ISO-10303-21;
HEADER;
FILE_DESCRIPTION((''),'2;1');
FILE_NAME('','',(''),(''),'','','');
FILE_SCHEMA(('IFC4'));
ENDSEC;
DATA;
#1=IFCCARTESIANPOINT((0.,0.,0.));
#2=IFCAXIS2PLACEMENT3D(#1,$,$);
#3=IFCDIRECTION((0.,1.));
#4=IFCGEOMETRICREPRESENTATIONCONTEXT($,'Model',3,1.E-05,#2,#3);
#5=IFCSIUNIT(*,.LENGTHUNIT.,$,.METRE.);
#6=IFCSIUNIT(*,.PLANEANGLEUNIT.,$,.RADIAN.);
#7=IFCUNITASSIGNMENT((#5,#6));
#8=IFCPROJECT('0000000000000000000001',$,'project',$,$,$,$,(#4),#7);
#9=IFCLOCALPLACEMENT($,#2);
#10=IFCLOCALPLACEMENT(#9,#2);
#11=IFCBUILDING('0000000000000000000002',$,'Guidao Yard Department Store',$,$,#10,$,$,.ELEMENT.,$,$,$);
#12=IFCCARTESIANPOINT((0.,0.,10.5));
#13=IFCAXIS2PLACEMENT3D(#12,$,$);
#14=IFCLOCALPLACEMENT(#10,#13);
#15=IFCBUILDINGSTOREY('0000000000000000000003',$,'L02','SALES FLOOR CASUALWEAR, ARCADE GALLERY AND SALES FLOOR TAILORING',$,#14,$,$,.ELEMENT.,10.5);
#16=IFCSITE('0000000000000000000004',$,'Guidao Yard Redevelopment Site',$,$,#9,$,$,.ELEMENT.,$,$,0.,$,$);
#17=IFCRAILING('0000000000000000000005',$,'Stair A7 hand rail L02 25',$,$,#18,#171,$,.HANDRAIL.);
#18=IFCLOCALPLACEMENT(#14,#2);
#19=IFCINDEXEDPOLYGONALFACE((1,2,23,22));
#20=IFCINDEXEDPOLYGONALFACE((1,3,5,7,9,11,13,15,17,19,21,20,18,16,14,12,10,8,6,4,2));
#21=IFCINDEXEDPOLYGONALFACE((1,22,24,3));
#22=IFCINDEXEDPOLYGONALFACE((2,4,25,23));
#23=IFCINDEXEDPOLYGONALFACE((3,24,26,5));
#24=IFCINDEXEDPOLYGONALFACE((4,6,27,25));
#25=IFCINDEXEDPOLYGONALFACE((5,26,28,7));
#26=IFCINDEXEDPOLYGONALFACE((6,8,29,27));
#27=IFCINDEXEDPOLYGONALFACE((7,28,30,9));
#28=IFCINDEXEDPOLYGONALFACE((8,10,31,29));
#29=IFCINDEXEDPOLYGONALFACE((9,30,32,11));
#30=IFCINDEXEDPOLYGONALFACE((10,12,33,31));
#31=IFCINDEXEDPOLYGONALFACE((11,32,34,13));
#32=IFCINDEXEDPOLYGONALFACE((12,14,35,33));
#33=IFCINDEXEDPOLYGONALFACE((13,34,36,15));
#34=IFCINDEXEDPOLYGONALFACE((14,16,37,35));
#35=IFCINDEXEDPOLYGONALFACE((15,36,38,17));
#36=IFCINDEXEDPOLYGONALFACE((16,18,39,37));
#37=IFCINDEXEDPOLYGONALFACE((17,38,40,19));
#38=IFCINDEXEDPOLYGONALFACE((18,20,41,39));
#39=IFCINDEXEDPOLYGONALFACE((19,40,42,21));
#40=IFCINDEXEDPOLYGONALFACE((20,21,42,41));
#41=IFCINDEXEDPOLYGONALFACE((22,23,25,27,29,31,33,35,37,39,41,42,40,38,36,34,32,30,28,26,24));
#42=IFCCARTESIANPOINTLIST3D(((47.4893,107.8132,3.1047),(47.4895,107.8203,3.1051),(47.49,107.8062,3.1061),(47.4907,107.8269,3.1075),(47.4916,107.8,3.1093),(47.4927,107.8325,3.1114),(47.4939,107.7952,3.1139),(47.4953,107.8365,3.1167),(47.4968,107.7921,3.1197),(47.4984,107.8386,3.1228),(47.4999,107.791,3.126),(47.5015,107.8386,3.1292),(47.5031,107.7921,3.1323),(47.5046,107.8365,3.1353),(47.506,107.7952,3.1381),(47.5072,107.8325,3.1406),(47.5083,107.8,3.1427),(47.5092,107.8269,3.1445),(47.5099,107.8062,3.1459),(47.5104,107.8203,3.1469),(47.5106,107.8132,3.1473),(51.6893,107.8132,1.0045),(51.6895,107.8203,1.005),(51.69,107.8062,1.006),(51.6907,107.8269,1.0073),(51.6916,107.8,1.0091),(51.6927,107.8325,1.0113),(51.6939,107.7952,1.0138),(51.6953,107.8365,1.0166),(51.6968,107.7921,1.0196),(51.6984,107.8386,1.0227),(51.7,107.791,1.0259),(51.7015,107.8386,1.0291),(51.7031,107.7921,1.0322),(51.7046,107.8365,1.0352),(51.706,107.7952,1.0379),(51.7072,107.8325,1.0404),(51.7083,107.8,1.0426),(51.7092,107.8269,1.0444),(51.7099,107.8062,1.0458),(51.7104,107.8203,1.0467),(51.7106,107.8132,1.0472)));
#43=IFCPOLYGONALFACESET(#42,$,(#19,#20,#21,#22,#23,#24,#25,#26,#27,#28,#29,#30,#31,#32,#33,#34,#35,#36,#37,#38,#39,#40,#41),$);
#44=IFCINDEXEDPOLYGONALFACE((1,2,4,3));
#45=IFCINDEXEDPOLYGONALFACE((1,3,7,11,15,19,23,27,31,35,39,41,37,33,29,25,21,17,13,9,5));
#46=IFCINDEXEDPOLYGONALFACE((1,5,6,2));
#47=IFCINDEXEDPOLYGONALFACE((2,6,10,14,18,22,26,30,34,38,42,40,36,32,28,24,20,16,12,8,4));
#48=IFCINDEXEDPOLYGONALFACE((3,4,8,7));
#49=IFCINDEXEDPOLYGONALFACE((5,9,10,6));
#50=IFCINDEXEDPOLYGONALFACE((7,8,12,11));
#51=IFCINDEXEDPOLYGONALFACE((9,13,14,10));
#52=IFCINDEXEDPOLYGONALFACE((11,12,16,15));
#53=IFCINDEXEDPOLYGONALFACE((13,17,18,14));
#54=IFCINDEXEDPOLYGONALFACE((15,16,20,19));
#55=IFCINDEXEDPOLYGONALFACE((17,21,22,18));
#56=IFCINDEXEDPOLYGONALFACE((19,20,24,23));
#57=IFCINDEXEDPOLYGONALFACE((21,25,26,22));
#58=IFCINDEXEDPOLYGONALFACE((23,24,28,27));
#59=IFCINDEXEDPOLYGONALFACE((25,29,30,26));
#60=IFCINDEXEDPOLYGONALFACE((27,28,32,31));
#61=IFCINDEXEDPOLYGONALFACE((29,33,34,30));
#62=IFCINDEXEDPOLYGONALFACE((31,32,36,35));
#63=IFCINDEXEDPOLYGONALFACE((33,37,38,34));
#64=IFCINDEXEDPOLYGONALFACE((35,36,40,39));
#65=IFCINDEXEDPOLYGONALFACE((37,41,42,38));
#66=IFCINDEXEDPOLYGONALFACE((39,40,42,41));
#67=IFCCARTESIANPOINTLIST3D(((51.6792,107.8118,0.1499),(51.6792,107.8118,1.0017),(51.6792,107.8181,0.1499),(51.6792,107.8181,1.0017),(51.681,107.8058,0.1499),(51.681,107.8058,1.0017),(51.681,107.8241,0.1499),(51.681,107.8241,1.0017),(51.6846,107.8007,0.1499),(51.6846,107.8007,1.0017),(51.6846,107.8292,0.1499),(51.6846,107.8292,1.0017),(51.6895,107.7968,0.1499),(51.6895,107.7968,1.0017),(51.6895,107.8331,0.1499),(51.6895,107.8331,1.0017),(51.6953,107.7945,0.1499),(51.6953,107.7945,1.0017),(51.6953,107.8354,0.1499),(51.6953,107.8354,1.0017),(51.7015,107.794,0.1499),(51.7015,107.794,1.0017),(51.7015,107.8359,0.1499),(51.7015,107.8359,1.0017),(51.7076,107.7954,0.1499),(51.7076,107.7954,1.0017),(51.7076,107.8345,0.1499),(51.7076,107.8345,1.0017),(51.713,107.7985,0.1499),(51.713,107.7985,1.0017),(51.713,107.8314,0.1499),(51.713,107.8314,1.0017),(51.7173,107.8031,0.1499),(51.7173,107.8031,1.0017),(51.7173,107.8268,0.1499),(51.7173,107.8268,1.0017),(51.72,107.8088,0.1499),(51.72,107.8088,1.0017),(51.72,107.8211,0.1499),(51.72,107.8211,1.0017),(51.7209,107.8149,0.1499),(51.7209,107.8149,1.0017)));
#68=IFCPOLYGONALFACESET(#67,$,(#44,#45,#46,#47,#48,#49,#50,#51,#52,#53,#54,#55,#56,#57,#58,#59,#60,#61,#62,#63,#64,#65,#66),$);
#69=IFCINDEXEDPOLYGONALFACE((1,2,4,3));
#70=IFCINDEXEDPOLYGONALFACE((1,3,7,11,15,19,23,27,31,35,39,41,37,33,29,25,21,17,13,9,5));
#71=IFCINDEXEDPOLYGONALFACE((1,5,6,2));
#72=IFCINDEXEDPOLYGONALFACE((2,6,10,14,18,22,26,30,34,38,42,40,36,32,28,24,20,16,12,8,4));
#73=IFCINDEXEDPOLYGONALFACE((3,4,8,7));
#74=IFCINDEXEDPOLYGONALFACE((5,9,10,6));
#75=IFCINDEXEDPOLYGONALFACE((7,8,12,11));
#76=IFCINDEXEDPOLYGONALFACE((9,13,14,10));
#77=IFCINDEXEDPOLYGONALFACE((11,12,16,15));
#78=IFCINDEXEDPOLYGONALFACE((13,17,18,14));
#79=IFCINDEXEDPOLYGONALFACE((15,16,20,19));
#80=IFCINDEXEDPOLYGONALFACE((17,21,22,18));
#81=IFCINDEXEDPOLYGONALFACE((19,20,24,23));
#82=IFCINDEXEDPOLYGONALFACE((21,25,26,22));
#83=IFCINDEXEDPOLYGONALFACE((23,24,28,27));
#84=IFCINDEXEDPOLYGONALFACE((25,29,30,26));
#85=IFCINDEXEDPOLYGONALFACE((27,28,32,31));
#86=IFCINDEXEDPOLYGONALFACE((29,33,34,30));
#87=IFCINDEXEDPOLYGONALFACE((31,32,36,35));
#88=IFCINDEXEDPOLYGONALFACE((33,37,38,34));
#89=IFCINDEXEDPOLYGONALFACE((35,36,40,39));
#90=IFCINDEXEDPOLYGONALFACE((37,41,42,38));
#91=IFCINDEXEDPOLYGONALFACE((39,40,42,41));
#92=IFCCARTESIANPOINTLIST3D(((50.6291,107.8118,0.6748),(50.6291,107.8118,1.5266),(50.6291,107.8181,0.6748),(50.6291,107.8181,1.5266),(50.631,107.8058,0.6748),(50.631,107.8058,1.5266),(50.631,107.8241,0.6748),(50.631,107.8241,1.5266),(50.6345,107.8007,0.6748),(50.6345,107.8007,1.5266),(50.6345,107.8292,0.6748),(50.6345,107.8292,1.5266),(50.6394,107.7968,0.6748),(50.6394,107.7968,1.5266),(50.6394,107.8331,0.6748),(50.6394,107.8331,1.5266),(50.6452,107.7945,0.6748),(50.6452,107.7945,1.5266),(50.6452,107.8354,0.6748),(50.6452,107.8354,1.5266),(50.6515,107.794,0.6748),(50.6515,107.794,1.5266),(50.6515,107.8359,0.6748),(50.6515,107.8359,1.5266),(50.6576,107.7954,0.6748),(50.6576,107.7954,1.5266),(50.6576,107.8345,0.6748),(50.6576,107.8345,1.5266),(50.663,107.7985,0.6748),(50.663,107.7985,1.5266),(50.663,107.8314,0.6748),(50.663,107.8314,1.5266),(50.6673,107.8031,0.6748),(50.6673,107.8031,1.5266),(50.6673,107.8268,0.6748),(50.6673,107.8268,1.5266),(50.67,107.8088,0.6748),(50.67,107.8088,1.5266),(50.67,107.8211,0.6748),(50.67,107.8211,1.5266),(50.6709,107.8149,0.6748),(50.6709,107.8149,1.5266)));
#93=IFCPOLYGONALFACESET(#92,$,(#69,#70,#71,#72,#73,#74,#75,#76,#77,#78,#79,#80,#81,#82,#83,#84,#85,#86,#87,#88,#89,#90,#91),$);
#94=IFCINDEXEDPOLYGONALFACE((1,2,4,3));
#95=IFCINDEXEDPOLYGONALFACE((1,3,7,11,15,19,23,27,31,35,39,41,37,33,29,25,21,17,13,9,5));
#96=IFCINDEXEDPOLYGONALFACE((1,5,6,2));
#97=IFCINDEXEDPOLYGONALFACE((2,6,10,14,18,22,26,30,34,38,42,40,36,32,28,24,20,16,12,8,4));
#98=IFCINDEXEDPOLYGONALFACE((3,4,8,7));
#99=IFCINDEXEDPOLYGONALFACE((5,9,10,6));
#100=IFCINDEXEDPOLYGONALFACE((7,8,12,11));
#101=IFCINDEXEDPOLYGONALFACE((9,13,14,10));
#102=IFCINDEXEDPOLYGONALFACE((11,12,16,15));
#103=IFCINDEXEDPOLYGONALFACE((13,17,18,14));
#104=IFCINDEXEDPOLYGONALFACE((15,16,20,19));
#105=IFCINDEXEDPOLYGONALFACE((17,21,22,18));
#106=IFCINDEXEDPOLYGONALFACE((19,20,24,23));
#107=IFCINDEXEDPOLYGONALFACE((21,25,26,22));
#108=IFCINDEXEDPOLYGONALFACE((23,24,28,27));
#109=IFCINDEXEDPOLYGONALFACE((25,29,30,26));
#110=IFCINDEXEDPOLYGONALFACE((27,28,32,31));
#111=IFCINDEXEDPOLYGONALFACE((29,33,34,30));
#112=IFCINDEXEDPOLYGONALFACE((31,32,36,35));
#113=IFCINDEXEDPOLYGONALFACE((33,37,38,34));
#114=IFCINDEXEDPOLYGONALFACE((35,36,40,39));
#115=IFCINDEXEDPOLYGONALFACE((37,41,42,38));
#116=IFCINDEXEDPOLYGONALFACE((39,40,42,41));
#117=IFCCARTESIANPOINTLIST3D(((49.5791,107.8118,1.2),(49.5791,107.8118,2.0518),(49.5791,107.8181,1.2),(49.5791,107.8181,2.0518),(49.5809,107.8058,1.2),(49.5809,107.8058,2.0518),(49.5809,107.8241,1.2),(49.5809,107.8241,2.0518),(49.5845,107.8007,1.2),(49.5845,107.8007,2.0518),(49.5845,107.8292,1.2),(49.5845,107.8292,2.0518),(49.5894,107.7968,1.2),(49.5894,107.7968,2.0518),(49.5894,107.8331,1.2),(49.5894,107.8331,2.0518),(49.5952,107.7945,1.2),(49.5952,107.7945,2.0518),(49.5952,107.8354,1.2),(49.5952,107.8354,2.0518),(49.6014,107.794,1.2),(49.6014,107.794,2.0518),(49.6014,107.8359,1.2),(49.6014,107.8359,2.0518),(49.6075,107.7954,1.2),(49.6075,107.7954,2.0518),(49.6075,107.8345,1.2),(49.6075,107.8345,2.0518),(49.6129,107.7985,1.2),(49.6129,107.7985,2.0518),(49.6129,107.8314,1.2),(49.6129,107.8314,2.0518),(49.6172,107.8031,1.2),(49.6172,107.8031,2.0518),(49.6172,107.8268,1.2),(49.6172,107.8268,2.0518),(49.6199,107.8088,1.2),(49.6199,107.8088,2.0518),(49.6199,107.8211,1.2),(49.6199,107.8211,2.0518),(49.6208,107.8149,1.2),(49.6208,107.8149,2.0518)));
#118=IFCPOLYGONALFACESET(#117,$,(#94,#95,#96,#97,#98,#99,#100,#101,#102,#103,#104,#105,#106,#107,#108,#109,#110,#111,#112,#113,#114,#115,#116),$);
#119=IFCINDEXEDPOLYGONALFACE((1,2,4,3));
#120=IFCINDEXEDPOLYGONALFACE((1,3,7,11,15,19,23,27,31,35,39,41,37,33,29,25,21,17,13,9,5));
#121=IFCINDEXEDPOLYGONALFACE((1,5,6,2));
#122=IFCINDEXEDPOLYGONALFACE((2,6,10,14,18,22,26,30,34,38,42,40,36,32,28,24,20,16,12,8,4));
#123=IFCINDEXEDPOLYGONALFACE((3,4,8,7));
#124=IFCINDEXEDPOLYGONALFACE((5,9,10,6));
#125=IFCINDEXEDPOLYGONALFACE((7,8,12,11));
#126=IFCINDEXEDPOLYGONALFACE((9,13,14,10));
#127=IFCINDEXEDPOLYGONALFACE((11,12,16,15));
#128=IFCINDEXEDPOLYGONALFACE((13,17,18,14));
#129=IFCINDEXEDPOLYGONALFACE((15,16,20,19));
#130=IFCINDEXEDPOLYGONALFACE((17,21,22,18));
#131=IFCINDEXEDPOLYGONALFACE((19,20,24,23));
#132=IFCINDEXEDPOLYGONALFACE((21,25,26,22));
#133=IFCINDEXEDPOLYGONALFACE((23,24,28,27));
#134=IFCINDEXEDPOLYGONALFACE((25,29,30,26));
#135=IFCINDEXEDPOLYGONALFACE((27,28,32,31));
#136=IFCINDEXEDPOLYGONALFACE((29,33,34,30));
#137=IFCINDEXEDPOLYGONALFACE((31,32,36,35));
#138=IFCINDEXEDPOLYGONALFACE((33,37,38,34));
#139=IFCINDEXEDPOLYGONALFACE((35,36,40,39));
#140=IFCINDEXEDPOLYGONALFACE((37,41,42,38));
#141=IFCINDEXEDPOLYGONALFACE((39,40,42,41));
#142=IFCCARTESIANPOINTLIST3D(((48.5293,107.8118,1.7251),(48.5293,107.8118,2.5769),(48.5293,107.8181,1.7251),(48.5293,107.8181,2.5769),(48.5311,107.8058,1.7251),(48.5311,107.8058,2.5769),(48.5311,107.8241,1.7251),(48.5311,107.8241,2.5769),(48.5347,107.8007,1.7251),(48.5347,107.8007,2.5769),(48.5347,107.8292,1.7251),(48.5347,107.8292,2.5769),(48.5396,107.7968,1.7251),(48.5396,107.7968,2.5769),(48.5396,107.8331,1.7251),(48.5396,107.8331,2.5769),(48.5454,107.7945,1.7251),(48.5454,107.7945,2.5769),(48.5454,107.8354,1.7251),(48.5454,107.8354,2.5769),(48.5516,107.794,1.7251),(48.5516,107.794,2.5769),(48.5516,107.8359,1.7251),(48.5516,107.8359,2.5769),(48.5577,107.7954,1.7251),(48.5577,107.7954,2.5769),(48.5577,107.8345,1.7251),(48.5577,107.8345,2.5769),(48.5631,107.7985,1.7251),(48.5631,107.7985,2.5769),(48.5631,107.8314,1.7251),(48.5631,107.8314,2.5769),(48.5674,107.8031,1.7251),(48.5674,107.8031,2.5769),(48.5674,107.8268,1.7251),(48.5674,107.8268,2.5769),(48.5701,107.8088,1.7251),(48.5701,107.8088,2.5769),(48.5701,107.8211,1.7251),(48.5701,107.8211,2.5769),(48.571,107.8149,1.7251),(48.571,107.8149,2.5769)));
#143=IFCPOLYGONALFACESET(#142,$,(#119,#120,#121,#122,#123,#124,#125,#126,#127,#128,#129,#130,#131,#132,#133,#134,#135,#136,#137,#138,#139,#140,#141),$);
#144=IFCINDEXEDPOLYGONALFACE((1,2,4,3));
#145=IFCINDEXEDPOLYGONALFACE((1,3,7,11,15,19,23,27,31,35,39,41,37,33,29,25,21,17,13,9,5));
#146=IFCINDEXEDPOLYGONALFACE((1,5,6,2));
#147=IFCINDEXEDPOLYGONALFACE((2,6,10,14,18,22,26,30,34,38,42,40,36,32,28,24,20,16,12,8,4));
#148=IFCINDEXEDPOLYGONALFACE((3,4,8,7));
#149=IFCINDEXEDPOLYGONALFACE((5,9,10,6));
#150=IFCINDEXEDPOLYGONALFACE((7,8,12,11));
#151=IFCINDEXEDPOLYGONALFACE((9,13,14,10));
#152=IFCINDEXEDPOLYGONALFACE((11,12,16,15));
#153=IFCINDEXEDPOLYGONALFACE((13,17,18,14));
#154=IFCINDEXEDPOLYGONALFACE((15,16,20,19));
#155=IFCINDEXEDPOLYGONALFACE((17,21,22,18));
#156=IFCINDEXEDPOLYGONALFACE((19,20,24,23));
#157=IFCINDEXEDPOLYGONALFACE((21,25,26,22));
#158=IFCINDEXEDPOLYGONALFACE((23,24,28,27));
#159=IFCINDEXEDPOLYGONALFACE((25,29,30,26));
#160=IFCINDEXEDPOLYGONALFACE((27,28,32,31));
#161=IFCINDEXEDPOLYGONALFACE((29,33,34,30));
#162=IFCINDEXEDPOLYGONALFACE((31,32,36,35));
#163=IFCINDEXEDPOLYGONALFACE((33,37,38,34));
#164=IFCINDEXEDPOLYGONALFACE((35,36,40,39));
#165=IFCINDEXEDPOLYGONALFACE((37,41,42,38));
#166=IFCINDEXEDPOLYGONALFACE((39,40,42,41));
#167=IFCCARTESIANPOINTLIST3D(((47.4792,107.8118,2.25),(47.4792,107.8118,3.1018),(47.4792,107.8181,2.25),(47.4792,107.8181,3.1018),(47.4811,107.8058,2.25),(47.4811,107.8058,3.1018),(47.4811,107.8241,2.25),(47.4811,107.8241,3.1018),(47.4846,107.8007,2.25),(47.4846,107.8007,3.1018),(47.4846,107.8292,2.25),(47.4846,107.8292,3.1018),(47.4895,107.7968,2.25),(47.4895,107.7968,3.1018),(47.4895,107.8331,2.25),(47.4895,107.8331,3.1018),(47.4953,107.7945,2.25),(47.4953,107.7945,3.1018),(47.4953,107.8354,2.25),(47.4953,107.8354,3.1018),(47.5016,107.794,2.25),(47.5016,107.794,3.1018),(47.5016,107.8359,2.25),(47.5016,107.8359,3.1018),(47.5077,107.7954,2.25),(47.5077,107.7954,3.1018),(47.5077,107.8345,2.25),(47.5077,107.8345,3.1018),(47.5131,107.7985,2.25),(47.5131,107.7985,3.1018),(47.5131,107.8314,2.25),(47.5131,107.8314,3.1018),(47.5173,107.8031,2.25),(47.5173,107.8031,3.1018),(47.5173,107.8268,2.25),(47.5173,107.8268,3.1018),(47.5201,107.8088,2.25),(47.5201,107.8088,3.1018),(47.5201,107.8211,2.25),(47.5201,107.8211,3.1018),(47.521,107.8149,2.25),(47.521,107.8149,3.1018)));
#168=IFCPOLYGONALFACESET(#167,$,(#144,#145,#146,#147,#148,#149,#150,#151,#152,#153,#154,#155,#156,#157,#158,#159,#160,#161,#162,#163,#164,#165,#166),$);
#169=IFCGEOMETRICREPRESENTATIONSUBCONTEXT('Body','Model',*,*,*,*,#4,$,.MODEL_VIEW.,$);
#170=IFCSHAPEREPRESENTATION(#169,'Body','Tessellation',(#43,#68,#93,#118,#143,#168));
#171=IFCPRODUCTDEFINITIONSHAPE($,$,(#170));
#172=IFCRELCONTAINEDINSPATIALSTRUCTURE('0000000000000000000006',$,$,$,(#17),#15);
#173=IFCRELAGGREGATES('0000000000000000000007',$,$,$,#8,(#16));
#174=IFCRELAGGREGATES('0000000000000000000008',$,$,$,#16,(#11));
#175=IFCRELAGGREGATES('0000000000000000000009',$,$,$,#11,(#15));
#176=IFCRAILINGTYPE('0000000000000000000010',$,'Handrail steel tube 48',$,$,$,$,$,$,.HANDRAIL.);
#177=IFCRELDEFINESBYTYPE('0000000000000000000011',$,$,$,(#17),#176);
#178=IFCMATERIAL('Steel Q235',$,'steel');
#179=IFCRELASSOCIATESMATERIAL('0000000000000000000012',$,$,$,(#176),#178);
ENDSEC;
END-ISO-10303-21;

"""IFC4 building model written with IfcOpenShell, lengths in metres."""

from ifc_helpers import new_model, si_unit, direction, frame, origin, origin_2d, place, context, subcontext, project, spatial, circle, extrude, material, type_object, element, save


model = new_model("IFC4")

# Units and contexts
model_context = context("Model", 3, precision=1e-05, world=origin(), true_north=direction((0.0, 1.0)))
body_context = subcontext(model_context, "Body", "Model", "MODEL_VIEW")
ifc_project = project(units=[si_unit("LENGTHUNIT", "METRE"), si_unit("PLANEANGLEUNIT", "RADIAN")], contexts=[model_context])

# Site, building, storey
site_placement = place(None, origin())
site = spatial("IfcSite", under=ifc_project, at=site_placement, Name="Guidao Yard Redevelopment Site", CompositionType="ELEMENT", RefElevation=0.0)
building_placement = place(site_placement, origin())
building = spatial("IfcBuilding", under=site, at=building_placement, Name="Guidao Yard Department Store", CompositionType="ELEMENT")
storey_placement = place(building_placement, frame((0.0, 0.0, 10.5)))
storey = spatial("IfcBuildingStorey", under=building, at=storey_placement, Name="L02", Description="SALES FLOOR CASUALWEAR, ARCADE GALLERY AND SALES FLOOR TAILORING", CompositionType="ELEMENT", Elevation=10.5)

# Railing
ifc_material_1 = material(Name="Steel Q235", Category="steel")
railing_type_1 = type_object("IfcRailingType", Name="Handrail steel tube 48", PredefinedType="HANDRAIL", material=ifc_material_1)
for number, where, name in (
    (1, (51.7, 107.8149, 0.1499), "Stair A7 hand rail L02 25"),
):
    element("IfcRailing", number, at=place(storey_placement, frame(where)), inside=storey, type_object=railing_type_1, Name=name, PredefinedType="HANDRAIL", context=body_context, shape_type="SweptSolid", body=[
        extrude(circle(Radius=0.0239, at=origin_2d()), frame((0.0, 0.0, 0.876), z_axis=(-0.894417, 0.0, 0.447234), x_axis=(0.0, -1.0, 0.0)), (0.0, 0.0, 1.0), 4.6958),
        extrude(circle(Radius=0.021, at=origin_2d()), origin(), (0.0, 0.0, 1.0), 0.8518),
        extrude(circle(Radius=0.021, at=origin_2d()), frame((-1.05, 0.0, 0.5249)), (0.0, 0.0, 1.0), 0.8518),
        extrude(circle(Radius=0.021, at=origin_2d()), frame((-2.1001, 0.0, 1.05)), (0.0, 0.0, 1.0), 0.8518),
        extrude(circle(Radius=0.021, at=origin_2d()), frame((-3.1499, 0.0, 1.5752)), (0.0, 0.0, 1.0), 0.8518),
        extrude(circle(Radius=0.021, at=origin_2d()), frame((-4.2, 0.0, 2.1001)), (0.0, 0.0, 1.0), 0.8518),
    ])

save(model, "model.ifc")
